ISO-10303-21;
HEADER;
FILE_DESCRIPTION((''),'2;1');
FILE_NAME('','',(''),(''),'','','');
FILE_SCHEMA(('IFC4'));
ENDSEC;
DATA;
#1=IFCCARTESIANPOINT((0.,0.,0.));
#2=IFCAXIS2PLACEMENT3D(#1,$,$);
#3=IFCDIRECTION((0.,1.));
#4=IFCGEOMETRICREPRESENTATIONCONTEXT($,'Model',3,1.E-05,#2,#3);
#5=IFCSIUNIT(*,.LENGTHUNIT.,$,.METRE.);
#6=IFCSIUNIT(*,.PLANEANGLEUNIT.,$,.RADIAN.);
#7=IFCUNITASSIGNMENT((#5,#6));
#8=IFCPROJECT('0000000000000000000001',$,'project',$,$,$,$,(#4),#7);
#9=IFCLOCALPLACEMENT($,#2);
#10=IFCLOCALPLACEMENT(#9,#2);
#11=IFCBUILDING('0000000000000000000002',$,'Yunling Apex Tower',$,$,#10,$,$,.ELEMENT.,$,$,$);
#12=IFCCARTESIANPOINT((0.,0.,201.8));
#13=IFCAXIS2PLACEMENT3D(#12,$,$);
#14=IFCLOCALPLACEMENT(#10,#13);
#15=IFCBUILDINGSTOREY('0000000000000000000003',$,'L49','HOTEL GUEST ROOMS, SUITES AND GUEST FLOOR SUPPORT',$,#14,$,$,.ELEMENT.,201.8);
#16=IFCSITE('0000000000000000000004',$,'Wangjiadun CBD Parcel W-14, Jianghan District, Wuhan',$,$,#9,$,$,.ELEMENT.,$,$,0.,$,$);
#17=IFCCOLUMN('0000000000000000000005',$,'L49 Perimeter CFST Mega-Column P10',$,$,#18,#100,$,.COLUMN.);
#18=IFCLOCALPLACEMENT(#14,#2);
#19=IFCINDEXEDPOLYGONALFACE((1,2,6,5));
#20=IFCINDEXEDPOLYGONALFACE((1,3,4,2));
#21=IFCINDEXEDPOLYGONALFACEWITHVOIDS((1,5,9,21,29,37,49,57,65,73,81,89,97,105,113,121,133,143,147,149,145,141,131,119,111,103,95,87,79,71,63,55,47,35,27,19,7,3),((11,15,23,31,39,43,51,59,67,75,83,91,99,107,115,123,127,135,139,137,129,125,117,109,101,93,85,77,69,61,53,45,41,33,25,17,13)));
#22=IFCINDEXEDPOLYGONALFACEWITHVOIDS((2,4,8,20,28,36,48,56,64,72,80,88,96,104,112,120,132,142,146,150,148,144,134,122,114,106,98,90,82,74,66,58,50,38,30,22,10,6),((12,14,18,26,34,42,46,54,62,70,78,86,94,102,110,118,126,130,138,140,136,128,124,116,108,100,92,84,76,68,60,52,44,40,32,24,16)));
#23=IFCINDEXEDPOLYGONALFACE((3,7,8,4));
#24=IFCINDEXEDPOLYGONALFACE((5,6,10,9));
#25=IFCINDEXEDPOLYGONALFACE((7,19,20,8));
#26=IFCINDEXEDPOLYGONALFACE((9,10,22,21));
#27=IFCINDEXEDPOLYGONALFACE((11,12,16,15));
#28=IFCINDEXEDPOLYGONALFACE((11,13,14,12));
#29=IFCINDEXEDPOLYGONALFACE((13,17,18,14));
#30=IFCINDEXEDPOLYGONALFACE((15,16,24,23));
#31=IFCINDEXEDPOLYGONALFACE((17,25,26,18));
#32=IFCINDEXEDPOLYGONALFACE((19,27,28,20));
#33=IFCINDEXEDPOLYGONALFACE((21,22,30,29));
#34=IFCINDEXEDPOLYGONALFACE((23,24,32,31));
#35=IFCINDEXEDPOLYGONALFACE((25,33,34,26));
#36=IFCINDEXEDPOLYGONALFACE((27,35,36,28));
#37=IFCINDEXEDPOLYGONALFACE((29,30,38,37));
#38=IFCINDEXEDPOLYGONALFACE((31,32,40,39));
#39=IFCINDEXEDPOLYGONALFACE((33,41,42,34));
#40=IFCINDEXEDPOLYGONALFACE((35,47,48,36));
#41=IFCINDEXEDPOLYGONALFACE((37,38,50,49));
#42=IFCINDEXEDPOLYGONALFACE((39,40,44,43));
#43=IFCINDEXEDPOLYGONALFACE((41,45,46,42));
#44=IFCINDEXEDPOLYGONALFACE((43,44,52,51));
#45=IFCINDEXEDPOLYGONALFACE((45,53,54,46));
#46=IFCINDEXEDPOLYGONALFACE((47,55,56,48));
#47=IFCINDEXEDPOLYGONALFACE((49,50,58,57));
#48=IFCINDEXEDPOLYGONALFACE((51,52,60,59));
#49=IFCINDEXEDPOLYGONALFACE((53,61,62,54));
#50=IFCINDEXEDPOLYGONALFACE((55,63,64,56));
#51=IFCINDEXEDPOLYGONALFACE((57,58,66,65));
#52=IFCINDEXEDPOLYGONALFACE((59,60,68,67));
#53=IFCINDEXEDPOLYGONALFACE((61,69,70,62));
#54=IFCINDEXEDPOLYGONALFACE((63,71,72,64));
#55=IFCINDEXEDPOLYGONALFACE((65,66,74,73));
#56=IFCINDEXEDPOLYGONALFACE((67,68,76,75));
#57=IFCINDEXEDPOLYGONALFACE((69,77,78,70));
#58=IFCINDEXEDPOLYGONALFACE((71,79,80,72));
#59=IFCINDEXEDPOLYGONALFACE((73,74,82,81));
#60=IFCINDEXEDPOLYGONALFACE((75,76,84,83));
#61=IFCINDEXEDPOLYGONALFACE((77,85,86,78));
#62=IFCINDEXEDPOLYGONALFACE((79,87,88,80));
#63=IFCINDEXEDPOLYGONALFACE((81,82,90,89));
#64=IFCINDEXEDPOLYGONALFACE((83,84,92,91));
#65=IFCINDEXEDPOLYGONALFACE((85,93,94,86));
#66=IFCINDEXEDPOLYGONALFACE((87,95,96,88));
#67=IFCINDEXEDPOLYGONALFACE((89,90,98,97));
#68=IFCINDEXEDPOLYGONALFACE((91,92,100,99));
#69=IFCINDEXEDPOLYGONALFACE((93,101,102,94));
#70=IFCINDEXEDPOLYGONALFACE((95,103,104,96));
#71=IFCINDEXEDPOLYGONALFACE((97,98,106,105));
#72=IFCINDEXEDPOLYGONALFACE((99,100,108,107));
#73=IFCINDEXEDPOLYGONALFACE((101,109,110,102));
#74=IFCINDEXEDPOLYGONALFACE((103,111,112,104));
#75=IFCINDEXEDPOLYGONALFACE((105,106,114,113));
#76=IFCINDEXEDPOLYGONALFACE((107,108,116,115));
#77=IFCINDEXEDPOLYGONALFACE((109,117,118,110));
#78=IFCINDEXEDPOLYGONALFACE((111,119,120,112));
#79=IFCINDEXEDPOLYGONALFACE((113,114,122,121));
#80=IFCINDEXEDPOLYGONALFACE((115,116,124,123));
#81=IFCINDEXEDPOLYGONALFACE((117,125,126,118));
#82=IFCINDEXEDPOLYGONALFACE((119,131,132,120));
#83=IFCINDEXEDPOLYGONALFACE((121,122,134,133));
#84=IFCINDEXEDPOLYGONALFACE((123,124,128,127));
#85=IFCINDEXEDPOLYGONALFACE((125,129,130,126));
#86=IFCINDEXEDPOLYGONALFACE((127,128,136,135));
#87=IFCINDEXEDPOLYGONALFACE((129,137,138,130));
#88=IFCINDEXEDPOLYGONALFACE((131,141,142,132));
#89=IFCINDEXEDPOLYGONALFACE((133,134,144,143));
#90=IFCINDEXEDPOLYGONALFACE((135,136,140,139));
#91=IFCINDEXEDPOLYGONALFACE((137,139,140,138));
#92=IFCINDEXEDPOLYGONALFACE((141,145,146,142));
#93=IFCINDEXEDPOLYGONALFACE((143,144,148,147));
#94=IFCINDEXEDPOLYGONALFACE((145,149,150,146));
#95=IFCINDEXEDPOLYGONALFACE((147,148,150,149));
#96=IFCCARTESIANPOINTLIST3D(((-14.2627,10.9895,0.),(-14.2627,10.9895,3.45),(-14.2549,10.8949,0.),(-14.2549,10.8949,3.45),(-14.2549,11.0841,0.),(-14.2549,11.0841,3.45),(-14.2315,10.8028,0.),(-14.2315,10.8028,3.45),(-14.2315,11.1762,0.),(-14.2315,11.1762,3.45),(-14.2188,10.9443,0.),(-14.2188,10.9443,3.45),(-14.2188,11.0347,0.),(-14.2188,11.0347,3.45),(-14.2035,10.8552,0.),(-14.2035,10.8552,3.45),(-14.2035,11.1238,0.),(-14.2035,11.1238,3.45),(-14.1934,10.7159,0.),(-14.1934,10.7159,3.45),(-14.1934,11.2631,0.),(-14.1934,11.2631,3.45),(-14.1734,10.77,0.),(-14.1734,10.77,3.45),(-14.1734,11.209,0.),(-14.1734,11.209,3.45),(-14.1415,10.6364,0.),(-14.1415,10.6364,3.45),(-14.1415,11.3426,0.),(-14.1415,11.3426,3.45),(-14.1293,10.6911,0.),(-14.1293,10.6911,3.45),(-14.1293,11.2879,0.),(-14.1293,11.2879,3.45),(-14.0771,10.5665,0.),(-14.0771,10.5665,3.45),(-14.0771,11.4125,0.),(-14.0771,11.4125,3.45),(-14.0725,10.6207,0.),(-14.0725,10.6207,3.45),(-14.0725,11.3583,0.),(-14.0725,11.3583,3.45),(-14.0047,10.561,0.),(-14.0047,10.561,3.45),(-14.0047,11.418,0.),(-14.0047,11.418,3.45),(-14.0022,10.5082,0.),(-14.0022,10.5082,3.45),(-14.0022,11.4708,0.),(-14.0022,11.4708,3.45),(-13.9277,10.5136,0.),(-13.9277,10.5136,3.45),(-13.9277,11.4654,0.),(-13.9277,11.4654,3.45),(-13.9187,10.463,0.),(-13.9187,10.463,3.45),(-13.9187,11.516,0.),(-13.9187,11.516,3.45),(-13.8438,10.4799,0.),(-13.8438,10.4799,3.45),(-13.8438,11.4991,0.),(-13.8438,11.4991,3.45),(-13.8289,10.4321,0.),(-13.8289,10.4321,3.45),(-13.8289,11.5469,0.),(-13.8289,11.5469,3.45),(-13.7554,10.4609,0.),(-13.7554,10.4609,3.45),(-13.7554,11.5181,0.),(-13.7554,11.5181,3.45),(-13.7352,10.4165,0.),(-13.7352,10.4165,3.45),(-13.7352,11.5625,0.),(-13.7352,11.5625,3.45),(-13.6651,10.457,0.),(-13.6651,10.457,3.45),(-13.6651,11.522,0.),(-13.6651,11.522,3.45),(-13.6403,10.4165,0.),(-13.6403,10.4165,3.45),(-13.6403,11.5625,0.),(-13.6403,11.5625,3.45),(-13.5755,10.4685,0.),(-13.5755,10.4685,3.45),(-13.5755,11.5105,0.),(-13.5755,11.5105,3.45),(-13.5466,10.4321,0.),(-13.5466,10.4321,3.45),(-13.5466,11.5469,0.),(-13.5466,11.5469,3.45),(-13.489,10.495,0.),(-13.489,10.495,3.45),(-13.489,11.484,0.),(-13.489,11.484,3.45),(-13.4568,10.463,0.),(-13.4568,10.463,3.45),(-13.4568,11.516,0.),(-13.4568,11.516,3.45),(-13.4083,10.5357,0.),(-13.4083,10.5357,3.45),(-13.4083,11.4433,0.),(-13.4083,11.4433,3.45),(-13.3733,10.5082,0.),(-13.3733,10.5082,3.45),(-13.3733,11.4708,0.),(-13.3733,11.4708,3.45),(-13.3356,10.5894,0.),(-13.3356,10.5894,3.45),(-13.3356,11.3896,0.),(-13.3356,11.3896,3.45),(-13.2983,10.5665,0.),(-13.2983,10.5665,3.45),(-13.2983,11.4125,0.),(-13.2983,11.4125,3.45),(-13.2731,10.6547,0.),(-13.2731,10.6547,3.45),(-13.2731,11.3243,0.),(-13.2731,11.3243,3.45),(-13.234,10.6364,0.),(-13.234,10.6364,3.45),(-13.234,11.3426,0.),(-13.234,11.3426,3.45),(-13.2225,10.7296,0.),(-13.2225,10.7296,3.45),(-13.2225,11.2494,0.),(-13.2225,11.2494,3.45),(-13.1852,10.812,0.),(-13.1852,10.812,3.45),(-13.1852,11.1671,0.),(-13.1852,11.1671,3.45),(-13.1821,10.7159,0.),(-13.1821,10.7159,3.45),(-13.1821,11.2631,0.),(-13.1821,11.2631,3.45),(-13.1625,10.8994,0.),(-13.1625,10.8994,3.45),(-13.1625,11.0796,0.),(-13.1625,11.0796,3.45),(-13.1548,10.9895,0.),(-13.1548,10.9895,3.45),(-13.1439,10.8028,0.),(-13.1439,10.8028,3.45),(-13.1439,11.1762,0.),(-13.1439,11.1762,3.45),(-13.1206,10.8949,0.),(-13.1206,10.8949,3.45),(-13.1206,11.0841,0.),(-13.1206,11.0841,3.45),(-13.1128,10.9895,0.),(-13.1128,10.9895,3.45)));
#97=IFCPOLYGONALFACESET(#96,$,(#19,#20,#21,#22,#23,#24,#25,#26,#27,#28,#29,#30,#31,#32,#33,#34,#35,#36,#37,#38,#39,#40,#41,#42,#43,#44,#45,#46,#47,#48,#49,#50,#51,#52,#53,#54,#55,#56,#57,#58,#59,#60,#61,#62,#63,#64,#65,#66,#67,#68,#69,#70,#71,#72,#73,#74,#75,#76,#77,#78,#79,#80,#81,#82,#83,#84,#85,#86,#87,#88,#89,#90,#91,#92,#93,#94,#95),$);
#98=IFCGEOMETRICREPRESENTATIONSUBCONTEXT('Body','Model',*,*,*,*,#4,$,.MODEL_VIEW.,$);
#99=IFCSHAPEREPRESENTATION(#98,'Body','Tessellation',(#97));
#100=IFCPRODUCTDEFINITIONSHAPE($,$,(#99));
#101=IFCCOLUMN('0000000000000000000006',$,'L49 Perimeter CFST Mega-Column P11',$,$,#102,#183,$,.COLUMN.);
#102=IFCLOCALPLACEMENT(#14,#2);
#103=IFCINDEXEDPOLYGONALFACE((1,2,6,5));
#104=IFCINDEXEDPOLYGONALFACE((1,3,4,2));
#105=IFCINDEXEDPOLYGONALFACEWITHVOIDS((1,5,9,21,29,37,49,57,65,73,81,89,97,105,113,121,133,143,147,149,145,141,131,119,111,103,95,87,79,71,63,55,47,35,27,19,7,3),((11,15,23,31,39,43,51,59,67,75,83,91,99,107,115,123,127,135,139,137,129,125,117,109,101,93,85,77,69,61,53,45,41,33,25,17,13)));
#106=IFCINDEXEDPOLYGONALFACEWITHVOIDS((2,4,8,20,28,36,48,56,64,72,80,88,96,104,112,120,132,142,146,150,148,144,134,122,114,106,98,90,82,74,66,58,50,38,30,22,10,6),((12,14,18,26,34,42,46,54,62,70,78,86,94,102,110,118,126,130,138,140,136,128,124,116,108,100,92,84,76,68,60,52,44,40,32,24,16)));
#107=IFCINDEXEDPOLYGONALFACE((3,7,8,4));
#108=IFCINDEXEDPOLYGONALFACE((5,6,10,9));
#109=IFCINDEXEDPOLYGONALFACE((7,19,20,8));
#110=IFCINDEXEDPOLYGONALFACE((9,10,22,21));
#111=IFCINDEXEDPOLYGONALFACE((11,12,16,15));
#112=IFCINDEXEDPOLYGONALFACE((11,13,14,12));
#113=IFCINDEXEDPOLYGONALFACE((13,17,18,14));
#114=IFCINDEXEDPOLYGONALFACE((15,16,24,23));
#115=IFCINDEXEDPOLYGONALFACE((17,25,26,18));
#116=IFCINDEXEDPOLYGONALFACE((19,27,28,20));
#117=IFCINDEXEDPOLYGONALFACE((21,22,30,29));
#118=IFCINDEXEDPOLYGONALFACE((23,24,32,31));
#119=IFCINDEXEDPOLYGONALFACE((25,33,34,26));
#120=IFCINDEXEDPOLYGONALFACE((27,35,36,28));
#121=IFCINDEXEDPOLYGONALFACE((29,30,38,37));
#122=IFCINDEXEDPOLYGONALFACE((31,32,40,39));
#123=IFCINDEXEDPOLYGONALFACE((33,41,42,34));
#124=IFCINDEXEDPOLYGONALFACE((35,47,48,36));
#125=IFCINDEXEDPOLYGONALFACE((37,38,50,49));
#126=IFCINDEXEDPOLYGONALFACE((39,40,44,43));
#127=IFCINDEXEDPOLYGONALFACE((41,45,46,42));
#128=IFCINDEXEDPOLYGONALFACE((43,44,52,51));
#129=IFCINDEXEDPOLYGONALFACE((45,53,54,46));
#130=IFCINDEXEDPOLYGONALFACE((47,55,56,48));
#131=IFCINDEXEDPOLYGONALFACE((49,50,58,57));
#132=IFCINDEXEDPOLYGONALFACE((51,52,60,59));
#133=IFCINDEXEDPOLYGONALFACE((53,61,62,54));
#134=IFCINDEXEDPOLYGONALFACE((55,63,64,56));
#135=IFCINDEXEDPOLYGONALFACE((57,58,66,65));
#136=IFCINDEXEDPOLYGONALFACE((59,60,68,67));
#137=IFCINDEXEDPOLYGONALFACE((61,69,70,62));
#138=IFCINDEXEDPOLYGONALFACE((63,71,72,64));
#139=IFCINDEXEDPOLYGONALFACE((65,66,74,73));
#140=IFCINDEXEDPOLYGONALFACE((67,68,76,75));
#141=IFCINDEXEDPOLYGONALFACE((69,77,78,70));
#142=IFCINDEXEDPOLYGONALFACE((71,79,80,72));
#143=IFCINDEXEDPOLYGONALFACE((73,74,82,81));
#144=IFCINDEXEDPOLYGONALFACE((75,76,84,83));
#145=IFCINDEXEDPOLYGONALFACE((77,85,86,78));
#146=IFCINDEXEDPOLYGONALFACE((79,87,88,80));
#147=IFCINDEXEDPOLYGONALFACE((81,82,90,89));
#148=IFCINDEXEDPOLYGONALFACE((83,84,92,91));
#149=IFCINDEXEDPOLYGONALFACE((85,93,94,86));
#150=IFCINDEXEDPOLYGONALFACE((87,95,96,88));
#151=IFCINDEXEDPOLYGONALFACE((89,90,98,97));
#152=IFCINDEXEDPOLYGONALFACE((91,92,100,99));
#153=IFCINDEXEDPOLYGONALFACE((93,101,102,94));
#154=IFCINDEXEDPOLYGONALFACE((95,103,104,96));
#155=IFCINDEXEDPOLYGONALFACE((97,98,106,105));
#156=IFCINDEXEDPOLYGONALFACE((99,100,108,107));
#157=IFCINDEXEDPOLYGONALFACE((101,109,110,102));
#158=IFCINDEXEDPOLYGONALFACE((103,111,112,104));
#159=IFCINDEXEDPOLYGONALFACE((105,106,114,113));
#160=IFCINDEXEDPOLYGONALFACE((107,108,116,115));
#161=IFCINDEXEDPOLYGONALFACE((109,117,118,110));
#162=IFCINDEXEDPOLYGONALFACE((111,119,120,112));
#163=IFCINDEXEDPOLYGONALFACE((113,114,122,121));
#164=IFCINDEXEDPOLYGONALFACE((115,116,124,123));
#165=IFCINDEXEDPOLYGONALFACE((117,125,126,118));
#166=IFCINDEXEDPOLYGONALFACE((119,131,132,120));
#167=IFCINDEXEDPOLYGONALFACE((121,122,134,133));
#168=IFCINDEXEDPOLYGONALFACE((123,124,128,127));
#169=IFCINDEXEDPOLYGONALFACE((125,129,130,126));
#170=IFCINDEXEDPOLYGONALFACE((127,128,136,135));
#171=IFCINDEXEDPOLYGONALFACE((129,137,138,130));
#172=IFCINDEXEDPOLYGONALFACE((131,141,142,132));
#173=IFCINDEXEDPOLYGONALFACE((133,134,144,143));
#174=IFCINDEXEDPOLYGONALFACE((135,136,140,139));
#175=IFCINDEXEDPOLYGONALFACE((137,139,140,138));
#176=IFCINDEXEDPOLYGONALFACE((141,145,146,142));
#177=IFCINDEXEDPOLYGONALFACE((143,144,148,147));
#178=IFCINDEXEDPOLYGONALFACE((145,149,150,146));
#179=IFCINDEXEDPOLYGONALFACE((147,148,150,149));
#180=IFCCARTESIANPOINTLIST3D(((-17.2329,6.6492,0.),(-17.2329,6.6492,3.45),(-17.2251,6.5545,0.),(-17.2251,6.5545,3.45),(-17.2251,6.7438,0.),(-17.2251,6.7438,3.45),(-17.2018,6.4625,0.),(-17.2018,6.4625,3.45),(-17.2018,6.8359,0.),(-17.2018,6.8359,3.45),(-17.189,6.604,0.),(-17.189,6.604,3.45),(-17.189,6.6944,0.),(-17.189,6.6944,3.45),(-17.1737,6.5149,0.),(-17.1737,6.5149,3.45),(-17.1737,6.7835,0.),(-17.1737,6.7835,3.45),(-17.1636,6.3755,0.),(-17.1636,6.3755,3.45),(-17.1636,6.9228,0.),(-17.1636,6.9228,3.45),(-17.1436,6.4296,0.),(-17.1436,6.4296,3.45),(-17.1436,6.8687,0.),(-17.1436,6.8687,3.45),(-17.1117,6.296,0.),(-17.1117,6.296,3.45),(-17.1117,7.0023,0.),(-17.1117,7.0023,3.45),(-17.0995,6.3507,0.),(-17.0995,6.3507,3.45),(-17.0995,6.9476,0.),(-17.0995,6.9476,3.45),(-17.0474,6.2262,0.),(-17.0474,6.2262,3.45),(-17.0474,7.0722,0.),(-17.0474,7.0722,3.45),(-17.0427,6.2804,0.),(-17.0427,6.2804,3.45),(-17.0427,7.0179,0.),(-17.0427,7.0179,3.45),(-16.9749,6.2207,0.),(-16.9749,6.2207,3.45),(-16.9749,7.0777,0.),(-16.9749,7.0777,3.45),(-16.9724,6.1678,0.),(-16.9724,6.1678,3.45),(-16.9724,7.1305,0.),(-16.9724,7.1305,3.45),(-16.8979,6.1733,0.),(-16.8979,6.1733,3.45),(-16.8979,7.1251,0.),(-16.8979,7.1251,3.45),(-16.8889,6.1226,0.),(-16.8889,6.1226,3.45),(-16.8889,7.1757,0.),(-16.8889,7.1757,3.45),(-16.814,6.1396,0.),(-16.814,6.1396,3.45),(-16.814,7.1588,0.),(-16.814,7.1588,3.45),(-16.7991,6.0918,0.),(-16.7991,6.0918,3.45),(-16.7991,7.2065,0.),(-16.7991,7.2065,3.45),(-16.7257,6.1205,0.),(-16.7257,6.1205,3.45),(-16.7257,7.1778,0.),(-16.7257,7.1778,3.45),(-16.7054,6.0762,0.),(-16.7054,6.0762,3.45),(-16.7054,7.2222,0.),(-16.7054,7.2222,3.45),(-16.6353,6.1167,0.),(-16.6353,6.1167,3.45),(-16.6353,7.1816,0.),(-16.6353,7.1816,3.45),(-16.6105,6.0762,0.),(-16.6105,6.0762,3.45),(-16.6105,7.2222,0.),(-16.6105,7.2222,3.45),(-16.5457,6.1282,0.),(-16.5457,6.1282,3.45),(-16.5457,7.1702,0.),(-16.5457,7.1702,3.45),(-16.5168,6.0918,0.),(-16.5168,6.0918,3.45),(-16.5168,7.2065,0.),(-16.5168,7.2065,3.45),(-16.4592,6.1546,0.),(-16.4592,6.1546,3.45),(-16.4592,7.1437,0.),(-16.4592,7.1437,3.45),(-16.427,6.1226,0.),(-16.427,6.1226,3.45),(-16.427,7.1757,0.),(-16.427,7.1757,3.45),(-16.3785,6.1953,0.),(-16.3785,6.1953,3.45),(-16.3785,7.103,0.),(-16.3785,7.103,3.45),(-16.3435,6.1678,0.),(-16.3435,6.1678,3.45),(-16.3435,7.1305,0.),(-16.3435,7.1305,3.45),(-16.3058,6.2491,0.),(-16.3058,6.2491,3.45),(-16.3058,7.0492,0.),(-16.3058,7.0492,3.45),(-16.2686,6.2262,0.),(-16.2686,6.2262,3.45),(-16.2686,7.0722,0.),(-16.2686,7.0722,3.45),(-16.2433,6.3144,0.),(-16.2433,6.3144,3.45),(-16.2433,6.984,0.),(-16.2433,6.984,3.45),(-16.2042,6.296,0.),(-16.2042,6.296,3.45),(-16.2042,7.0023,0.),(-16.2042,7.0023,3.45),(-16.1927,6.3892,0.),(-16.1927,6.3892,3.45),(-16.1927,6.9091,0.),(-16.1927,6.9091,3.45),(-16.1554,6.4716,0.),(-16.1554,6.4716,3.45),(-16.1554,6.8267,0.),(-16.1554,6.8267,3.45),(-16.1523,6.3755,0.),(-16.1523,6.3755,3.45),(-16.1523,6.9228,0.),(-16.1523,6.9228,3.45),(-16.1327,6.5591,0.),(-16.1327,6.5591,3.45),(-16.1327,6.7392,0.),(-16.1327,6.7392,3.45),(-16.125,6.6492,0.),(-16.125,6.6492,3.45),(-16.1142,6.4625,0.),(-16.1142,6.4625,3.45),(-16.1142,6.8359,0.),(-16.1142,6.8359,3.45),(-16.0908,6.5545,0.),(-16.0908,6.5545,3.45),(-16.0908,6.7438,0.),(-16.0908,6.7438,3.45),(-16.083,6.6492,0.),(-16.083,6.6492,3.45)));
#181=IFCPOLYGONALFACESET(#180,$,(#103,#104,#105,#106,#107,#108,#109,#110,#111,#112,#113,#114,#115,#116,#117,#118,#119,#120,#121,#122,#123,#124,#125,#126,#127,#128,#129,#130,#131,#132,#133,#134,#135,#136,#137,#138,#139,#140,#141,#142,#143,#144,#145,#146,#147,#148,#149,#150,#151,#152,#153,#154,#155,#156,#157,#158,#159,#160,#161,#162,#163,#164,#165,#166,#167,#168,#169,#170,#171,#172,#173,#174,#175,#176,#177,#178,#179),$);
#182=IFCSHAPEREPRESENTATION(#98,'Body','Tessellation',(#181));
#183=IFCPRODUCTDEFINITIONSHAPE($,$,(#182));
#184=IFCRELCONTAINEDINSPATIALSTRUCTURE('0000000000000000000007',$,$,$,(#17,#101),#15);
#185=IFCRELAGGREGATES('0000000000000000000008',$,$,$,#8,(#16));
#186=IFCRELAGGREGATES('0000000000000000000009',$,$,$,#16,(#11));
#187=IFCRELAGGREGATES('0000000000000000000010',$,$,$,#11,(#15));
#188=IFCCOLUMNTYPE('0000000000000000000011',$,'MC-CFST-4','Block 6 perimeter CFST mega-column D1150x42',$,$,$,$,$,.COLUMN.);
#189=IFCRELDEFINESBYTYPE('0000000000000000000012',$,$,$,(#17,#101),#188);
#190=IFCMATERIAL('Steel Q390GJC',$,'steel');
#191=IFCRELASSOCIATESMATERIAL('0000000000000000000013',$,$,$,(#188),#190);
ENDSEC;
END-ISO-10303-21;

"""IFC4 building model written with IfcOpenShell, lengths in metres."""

from ifc_helpers import new_model, si_unit, direction, frame, origin, origin_2d, place, context, subcontext, project, spatial, hollow_circle, extrude, source, transform, mapped, material, material_profile, profile_set, type_object, element, save


model = new_model("IFC4")

# Units and contexts
model_context = context("Model", 3, precision=1e-05, world=origin(), true_north=direction((0.0, 1.0)))
body_context = subcontext(model_context, "Body", "Model", "MODEL_VIEW")
ifc_project = project(units=[si_unit("LENGTHUNIT", "METRE"), si_unit("PLANEANGLEUNIT", "RADIAN")], contexts=[model_context])

# Site, building, storey
site_placement = place(None, origin())
site = spatial("IfcSite", under=ifc_project, at=site_placement, Name="Wangjiadun CBD Parcel W-14, Jianghan District, Wuhan", CompositionType="ELEMENT", RefElevation=0.0)
building_placement = place(site_placement, origin())
building = spatial("IfcBuilding", under=site, at=building_placement, Name="Yunling Apex Tower", CompositionType="ELEMENT")
storey_placement = place(building_placement, frame((0.0, 0.0, 201.8)))
storey = spatial("IfcBuildingStorey", under=building, at=storey_placement, Name="L49", Description="HOTEL GUEST ROOMS, SUITES AND GUEST FLOOR SUPPORT", CompositionType="ELEMENT", Elevation=201.8)

# Columns
ifc_material_1 = material(Name="Steel Q390GJC", Category="steel")
ifc_material_profile_1 = material_profile(ifc_material_1, hollow_circle(Radius=0.575, WallThickness=0.042, at=origin_2d()))
ifc_profile_set_1 = profile_set([ifc_material_profile_1], Name="Steel Q390GJC")
column_type = type_object("IfcColumnType", Name="MC-CFST-4", Description="Block 6 perimeter CFST mega-column D1150x42", PredefinedType="COLUMN", material=ifc_profile_set_1)
shared_shape_1 = source(origin(), body_context, "Body", "SweptSolid", [
    extrude(hollow_circle(Radius=0.575, WallThickness=0.042, at=origin_2d()), origin(), (0.0, 0.0, 1.0), 3.45),
])
for number, where, z_axis, x_axis, name in (
    (1, (-13.6877, 10.9895, 0.0), (0.0, 0.0, 1.0), (1.0, 0.0, 0.0), "L49 Perimeter CFST Mega-Column P10"),
    (2, (-16.658, 6.6492, 0.0), (0.0, 0.0, 1.0), (1.0, 0.0, 0.0), "L49 Perimeter CFST Mega-Column P11"),
):
    element("IfcColumn", number, at=place(storey_placement, frame(where, z_axis=z_axis, x_axis=x_axis)), inside=storey, type_object=column_type, Name=name, PredefinedType="COLUMN", context=body_context, shape_type="MappedRepresentation", body=[
        mapped(shared_shape_1, transform((0.0, 0.0, 0.0), scale=1.0)),
    ])

save(model, "model.ifc")
